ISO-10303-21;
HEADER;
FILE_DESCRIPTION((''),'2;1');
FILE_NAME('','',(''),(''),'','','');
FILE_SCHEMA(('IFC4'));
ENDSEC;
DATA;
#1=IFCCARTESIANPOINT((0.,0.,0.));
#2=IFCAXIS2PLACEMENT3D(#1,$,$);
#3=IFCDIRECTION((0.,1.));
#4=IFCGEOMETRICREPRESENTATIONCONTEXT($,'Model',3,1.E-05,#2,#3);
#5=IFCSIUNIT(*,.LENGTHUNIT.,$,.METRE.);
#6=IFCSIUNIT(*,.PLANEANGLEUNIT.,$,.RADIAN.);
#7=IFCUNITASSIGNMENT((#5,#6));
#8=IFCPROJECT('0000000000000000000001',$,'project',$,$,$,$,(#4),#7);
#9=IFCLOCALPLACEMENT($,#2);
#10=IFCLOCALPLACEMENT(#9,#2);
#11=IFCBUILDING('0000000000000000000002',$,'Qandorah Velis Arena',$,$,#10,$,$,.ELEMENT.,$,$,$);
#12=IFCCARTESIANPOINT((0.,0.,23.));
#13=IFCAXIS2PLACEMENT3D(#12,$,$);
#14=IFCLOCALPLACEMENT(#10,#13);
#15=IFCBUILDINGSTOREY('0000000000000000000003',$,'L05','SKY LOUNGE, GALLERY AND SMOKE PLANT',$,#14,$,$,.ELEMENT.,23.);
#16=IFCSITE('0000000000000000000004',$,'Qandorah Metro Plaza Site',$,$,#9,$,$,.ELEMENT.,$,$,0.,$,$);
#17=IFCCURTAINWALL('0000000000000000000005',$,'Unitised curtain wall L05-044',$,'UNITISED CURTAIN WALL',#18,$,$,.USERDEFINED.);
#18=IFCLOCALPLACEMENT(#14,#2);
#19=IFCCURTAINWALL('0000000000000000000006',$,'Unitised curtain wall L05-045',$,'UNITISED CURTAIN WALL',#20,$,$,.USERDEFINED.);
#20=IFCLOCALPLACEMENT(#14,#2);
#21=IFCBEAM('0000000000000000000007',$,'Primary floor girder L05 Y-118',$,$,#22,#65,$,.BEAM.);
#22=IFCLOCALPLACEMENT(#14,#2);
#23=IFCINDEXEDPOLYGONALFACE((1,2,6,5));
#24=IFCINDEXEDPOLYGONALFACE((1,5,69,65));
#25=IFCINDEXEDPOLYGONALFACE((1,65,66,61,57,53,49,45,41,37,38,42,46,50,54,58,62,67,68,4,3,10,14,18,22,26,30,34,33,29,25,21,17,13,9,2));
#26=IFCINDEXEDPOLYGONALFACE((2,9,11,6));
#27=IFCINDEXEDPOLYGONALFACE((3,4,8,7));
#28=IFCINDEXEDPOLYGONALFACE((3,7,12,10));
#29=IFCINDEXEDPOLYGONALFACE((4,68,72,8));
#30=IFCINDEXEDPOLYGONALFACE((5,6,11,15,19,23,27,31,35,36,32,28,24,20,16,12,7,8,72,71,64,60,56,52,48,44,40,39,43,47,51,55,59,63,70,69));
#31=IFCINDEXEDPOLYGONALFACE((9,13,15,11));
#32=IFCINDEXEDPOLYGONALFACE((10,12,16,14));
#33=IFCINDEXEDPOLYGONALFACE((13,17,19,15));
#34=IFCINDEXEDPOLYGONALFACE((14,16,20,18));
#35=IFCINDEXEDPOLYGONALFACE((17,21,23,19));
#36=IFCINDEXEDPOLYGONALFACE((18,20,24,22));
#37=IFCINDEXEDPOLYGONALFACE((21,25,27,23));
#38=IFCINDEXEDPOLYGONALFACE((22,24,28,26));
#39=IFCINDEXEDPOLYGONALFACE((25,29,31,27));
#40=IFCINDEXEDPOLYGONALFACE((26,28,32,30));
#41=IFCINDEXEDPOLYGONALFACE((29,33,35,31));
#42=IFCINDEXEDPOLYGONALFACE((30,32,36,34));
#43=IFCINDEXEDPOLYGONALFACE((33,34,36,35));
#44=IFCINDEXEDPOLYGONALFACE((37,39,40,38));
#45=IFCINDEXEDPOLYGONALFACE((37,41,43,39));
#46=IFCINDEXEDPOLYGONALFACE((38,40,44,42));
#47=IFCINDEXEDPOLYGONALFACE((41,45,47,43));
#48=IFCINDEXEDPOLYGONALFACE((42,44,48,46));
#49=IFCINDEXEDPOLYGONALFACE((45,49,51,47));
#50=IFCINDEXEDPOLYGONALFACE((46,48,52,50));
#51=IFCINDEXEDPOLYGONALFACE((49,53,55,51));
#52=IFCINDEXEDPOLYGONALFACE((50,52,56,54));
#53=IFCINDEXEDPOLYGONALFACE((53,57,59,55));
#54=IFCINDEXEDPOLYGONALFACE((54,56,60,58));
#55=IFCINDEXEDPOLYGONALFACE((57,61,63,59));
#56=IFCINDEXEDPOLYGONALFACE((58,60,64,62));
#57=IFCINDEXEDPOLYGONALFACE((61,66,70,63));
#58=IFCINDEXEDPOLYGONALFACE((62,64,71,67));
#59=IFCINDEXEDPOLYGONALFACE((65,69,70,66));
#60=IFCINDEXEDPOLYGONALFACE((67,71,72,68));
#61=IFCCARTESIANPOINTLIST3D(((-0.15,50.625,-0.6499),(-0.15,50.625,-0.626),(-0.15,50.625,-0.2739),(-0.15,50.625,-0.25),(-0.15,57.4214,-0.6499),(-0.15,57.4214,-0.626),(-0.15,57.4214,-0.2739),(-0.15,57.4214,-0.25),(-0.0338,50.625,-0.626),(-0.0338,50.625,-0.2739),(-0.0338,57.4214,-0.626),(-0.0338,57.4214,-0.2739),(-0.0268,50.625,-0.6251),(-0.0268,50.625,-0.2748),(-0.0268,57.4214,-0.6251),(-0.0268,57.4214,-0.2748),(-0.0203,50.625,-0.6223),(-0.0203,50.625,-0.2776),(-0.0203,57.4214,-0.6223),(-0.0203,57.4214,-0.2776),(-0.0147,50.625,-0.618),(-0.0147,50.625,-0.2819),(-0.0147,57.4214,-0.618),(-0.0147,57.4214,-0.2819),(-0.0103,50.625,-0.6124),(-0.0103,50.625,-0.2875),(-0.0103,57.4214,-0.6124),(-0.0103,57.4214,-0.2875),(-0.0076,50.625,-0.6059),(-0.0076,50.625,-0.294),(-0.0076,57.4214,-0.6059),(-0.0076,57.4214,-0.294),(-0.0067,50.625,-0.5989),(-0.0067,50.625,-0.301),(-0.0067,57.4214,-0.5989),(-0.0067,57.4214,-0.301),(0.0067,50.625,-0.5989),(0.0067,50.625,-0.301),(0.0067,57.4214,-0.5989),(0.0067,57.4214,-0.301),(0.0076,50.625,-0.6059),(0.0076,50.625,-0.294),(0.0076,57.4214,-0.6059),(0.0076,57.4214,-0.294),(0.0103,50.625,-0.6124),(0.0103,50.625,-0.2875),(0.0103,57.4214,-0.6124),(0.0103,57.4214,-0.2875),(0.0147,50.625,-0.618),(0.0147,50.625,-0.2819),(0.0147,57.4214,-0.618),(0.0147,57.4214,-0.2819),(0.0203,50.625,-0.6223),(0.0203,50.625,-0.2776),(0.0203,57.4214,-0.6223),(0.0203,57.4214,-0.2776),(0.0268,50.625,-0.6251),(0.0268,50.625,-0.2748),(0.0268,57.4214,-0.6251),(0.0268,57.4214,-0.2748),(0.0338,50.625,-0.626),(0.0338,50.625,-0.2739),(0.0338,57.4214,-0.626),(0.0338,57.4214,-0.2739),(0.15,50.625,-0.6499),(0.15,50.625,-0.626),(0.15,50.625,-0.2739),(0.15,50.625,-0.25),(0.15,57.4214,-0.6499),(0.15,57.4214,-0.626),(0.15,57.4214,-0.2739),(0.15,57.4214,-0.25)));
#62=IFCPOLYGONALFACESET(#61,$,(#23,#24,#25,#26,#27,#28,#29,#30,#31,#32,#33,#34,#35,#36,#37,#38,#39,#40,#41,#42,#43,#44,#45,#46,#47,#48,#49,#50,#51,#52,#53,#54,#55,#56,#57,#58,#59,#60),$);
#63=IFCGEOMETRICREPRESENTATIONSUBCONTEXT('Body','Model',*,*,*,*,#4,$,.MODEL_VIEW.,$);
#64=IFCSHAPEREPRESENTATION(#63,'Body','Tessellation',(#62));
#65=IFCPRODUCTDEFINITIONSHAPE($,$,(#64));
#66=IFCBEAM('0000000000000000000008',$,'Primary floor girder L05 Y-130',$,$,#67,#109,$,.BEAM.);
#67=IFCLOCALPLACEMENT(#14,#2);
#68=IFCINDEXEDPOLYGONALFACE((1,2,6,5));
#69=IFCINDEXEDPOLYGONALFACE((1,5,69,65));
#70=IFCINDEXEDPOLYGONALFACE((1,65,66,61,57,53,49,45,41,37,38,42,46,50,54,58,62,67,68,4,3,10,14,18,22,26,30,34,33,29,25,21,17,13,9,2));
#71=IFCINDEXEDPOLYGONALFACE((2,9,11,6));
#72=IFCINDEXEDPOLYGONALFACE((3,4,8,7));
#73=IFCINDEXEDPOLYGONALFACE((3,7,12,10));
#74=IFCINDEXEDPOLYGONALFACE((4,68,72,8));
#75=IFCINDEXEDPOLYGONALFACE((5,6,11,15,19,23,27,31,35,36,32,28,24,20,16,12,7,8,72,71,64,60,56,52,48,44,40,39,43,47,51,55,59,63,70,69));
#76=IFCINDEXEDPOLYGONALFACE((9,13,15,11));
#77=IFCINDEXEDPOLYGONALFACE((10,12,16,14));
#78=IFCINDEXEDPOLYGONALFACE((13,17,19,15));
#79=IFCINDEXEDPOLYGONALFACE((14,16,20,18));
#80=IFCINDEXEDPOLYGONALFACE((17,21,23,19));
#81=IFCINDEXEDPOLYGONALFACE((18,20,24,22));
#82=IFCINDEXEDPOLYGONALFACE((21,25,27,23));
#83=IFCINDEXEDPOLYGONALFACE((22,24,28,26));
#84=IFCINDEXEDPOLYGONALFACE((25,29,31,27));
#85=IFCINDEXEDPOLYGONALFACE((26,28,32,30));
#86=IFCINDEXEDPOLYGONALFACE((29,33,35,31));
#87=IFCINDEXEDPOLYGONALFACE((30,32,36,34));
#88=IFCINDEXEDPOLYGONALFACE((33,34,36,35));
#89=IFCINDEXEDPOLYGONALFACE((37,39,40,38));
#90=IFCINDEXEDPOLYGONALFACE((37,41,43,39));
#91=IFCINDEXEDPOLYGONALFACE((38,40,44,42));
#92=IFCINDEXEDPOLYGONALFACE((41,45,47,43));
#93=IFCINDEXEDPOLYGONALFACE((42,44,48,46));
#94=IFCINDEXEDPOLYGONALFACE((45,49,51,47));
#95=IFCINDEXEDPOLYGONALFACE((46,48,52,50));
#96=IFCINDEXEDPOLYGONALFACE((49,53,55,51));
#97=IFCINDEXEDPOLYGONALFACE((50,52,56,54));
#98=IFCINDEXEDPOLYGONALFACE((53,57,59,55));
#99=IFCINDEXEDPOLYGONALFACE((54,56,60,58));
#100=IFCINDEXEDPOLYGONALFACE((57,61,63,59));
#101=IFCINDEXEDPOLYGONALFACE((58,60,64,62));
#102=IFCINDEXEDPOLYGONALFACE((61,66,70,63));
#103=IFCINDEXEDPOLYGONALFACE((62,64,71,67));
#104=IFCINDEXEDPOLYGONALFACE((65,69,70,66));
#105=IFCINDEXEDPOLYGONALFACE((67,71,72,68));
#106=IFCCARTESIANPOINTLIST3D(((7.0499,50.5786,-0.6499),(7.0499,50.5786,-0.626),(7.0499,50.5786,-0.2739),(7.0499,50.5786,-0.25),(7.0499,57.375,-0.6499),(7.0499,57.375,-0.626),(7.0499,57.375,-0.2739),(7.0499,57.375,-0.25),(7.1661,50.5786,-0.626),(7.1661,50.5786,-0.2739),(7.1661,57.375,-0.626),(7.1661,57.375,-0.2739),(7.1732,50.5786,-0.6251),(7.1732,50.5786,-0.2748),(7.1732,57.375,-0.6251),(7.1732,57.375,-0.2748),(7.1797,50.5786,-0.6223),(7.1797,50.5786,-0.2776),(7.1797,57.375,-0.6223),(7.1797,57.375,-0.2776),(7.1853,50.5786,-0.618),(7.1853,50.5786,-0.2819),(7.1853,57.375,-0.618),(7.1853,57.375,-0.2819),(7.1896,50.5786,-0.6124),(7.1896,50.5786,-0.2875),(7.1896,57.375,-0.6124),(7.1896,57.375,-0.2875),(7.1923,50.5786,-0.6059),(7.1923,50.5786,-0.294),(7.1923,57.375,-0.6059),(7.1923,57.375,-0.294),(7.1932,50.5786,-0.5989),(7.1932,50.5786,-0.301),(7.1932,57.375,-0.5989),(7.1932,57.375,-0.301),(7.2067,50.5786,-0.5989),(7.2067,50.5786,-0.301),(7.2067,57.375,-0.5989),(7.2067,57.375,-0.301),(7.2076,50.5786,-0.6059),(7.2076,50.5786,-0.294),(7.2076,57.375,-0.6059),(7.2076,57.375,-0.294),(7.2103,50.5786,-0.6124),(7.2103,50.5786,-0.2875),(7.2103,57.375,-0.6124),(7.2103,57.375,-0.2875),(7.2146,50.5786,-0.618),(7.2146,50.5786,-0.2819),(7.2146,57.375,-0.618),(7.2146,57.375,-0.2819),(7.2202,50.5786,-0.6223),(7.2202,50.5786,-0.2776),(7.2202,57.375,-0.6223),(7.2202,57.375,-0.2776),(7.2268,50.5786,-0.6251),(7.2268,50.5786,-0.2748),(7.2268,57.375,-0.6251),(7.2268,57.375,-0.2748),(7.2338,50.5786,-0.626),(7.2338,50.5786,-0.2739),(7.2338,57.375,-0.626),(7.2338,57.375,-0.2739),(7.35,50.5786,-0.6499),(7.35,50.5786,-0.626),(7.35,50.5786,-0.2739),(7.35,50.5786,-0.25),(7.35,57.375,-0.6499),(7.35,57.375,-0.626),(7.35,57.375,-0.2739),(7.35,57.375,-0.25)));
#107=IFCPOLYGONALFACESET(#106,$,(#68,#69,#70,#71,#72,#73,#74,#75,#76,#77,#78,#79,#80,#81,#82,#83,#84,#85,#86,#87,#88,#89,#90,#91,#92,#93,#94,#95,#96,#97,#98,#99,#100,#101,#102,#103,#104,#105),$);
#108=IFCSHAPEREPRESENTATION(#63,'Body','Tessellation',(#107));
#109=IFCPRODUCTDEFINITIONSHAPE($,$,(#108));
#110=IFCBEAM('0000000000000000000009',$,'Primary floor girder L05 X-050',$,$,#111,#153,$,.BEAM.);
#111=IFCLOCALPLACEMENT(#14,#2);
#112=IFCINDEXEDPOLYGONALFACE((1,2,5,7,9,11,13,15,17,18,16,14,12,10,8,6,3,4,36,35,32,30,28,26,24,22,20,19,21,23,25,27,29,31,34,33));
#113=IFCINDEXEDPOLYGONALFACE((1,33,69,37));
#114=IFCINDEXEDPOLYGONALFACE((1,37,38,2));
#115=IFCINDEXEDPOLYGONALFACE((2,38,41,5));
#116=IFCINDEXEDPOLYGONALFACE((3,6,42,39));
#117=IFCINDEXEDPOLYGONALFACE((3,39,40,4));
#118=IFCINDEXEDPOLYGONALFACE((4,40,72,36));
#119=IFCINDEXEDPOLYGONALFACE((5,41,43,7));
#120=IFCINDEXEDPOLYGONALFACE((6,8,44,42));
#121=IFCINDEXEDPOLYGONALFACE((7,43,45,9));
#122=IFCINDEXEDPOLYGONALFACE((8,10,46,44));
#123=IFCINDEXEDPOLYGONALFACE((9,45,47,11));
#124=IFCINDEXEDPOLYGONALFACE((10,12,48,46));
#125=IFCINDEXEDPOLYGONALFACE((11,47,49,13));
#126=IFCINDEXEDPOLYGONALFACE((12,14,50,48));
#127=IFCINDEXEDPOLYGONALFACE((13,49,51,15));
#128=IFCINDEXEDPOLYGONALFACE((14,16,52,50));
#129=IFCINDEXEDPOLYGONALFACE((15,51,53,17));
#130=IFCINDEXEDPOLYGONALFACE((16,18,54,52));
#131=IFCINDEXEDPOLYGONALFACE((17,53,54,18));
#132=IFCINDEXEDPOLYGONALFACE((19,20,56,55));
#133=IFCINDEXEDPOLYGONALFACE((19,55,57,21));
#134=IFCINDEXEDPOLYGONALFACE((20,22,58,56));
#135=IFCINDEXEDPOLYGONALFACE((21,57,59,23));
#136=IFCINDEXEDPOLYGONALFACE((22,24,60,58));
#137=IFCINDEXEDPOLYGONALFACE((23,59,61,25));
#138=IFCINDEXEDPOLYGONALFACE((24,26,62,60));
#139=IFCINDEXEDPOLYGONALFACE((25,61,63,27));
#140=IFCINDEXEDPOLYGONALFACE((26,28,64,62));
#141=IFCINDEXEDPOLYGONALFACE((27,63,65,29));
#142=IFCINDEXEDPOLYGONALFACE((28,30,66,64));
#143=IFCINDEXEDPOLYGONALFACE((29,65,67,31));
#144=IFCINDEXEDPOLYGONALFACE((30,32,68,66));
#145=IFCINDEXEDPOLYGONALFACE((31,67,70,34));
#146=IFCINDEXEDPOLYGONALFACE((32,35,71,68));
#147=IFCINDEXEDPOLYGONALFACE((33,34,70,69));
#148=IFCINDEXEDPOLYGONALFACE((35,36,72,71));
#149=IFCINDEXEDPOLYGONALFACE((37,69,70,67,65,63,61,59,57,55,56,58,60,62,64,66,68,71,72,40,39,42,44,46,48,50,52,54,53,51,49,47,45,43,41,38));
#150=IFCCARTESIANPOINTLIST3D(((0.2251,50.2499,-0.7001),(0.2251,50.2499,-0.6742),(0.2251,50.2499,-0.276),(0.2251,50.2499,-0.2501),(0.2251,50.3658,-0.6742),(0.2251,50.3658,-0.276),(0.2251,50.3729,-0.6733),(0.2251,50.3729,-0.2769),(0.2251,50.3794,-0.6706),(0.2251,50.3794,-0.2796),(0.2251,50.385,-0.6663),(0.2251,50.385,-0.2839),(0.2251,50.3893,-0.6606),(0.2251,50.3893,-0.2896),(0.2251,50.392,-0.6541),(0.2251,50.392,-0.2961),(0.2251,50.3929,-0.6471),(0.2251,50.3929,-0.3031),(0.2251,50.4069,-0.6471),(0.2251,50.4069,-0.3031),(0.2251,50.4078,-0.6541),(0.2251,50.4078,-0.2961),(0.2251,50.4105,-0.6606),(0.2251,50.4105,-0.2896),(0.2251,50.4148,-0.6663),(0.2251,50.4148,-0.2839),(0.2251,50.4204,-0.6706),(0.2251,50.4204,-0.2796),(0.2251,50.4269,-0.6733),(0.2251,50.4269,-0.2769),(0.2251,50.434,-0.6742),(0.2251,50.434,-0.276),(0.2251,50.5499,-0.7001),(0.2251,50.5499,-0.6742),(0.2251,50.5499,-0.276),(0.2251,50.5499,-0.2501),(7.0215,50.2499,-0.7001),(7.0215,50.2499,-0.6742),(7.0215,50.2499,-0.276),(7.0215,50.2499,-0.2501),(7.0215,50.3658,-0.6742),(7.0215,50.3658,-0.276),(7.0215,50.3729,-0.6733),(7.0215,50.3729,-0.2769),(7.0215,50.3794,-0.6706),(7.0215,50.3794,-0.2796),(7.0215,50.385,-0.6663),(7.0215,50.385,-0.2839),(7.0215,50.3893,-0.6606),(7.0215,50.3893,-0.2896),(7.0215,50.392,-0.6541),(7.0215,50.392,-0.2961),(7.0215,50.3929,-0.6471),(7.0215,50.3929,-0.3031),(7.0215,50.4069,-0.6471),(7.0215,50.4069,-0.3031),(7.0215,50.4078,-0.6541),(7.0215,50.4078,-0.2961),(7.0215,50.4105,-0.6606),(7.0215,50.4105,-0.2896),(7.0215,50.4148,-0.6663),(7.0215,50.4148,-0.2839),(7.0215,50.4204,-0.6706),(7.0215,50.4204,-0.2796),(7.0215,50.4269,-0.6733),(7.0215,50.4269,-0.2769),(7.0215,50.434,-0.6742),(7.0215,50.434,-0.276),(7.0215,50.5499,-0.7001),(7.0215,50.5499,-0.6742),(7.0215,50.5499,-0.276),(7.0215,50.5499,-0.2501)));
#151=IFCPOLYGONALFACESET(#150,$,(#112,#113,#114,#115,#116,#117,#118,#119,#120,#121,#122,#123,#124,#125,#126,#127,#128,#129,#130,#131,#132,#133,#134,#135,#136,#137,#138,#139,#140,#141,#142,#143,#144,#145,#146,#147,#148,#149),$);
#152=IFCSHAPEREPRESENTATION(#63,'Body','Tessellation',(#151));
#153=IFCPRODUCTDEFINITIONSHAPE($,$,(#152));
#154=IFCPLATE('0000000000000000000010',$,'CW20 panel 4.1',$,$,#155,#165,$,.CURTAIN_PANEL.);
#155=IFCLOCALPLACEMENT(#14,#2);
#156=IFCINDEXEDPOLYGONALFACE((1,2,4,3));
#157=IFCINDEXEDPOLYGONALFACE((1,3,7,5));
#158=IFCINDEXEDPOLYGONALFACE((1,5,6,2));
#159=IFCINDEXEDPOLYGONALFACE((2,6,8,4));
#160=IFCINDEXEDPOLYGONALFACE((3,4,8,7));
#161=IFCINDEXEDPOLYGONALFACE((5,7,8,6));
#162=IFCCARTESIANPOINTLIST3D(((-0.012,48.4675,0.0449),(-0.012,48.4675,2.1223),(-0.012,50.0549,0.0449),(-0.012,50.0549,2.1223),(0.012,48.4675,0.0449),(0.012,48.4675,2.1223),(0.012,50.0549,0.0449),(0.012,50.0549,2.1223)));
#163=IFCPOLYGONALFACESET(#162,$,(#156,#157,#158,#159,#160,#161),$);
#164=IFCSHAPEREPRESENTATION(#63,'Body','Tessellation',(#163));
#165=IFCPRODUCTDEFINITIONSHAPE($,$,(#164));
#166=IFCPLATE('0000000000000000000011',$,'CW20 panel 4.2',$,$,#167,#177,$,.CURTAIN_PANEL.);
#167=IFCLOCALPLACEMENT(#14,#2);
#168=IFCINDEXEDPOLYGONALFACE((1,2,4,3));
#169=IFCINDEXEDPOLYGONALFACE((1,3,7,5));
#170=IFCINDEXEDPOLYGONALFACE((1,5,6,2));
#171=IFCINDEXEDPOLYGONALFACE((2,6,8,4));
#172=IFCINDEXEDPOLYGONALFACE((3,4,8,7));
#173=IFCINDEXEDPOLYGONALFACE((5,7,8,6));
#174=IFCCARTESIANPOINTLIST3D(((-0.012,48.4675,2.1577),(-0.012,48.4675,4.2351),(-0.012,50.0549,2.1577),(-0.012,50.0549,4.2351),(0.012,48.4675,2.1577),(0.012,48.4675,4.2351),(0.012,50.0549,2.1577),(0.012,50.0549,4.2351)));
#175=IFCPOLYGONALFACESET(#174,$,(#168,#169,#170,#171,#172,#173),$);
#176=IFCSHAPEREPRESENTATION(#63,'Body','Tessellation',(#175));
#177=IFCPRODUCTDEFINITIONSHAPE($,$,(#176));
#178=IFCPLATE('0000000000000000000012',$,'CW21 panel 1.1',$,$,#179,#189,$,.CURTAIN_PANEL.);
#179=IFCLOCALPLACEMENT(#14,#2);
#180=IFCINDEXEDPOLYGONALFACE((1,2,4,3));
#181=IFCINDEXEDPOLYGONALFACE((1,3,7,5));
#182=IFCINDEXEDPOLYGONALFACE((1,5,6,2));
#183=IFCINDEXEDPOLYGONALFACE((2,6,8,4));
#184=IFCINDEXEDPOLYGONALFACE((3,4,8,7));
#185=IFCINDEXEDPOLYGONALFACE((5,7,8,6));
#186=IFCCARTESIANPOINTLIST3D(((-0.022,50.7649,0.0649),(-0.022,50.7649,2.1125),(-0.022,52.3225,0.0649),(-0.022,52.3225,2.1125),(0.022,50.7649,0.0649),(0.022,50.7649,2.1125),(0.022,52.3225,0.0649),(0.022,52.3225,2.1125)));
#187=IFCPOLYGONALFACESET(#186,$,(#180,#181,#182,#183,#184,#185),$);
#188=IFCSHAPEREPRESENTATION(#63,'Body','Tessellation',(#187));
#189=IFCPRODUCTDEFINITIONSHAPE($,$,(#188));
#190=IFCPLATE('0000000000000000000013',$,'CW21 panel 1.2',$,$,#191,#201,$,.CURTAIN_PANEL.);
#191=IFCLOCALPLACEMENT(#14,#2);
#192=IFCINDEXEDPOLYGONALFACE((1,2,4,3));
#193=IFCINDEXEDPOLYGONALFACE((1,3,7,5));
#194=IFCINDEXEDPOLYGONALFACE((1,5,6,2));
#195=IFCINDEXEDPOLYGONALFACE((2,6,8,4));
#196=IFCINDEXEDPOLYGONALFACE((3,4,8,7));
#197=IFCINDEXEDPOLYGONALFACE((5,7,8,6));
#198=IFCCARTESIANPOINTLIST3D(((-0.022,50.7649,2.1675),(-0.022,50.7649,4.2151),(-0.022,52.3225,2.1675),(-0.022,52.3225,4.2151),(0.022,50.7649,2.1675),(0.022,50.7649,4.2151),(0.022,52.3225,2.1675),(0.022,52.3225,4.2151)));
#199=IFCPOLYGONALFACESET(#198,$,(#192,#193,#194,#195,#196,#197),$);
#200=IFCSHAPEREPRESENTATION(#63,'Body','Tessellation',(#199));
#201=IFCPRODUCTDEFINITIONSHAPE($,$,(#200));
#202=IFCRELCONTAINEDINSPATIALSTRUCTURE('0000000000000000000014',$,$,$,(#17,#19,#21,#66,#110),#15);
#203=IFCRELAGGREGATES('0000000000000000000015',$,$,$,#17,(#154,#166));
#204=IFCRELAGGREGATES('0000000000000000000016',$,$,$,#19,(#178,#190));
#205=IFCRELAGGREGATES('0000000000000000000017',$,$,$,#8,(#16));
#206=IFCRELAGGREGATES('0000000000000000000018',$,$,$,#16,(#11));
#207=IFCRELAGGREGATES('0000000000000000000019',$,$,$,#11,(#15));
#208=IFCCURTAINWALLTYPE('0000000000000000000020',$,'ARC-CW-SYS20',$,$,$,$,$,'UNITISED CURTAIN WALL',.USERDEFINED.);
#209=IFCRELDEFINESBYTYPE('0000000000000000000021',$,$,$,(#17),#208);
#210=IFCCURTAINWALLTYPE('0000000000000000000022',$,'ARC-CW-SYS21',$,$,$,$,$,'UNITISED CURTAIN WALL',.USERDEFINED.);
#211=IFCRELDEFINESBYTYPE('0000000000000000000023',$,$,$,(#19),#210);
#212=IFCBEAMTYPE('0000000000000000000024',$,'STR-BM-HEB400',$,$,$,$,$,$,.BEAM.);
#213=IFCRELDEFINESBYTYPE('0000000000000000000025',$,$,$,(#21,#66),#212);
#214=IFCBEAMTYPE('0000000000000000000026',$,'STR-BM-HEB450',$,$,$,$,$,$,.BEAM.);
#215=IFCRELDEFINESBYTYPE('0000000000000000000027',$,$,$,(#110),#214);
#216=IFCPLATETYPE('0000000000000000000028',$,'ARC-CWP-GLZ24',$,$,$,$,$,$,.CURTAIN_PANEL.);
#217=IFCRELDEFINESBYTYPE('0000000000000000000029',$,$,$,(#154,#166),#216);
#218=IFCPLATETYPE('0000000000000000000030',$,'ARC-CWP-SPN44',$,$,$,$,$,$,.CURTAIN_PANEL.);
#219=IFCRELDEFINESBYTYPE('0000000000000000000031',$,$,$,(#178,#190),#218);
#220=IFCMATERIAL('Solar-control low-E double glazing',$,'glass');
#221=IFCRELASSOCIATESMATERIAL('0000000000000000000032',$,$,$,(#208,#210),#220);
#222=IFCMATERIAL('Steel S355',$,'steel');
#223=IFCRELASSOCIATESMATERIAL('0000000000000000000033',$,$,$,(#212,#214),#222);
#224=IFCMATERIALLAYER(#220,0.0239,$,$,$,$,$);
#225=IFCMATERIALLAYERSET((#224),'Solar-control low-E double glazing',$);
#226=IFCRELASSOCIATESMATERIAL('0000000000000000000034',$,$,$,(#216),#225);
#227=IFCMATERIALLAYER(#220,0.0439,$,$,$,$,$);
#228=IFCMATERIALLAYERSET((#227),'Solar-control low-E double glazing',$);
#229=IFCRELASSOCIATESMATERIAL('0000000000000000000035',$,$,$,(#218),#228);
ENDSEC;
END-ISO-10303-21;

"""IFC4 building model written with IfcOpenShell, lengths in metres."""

from ifc_helpers import new_model, si_unit, direction, frame, origin, origin_2d, place, context, subcontext, project, spatial, rectangle, i_section, extrude, material, layer, layer_set, material_profile, profile_set, type_object, element, aggregate, save


model = new_model("IFC4")

# Units and contexts
model_context = context("Model", 3, precision=1e-05, world=origin(), true_north=direction((0.0, 1.0)))
body_context = subcontext(model_context, "Body", "Model", "MODEL_VIEW")
ifc_project = project(units=[si_unit("LENGTHUNIT", "METRE"), si_unit("PLANEANGLEUNIT", "RADIAN")], contexts=[model_context])

# Site, building, storey
site_placement = place(None, origin())
site = spatial("IfcSite", under=ifc_project, at=site_placement, Name="Qandorah Metro Plaza Site", CompositionType="ELEMENT", RefElevation=0.0)
building_placement = place(site_placement, origin())
building = spatial("IfcBuilding", under=site, at=building_placement, Name="Qandorah Velis Arena", CompositionType="ELEMENT")
storey_placement = place(building_placement, frame((0.0, 0.0, 23.0)))
storey = spatial("IfcBuildingStorey", under=building, at=storey_placement, Name="L05", Description="SKY LOUNGE, GALLERY AND SMOKE PLANT", CompositionType="ELEMENT", Elevation=23.0)

# Curtain wall
ifc_material_1 = material(Name="Solar-control low-E double glazing", Category="glass")
curtain_wall_type_1 = type_object("IfcCurtainWallType", Name="ARC-CW-SYS20", ElementType="UNITISED CURTAIN WALL", PredefinedType="USERDEFINED", material=ifc_material_1)
curtain_wall_1_placement = place(storey_placement, origin())
curtain_wall_1 = element("IfcCurtainWall", 1, at=curtain_wall_1_placement, inside=storey, type_object=curtain_wall_type_1, Name="Unitised curtain wall L05-044", ObjectType="UNITISED CURTAIN WALL", PredefinedType="USERDEFINED")

# Curtain wall
curtain_wall_type_2 = type_object("IfcCurtainWallType", Name="ARC-CW-SYS21", ElementType="UNITISED CURTAIN WALL", PredefinedType="USERDEFINED", material=ifc_material_1)
curtain_wall_2_placement = place(storey_placement, origin())
curtain_wall_2 = element("IfcCurtainWall", 2, at=curtain_wall_2_placement, inside=storey, type_object=curtain_wall_type_2, Name="Unitised curtain wall L05-045", ObjectType="UNITISED CURTAIN WALL", PredefinedType="USERDEFINED")

# Beams
ifc_material_2 = material(Name="Steel S355", Category="steel")
ifc_material_profile_1 = material_profile(ifc_material_2, i_section(OverallWidth=0.3, OverallDepth=0.3999, WebThickness=0.0134, FlangeThickness=0.0239, FilletRadius=0.0271, at=origin_2d()), Name="HEB 400")
ifc_profile_set_1 = profile_set([ifc_material_profile_1], Name="Steel S355")
beam_type_1 = type_object("IfcBeamType", Name="STR-BM-HEB400", PredefinedType="BEAM", material=ifc_profile_set_1)
for number, where, z_axis, x_axis, name in (
    (3, (0.0, 50.625, -0.45), (0.0, 1.0, 0.0), (-1.0, 0.0, 0.0), "Primary floor girder L05 Y-118"),
    (4, (7.2, 50.5786, -0.45), (0.0, 1.0, 0.0), (-1.0, 0.0, 0.0), "Primary floor girder L05 Y-130"),
):
    element("IfcBeam", number, at=place(storey_placement, frame(where, z_axis=z_axis, x_axis=x_axis)), inside=storey, type_object=beam_type_1, Name=name, PredefinedType="BEAM", context=body_context, shape_type="SweptSolid", body=[
        extrude(i_section(OverallWidth=0.3, OverallDepth=0.3999, WebThickness=0.0134, FlangeThickness=0.0239, FilletRadius=0.0271, at=origin_2d()), origin(), (0.0, 0.0, 1.0), 6.7964),
    ])
ifc_material_profile_2 = material_profile(ifc_material_2, i_section(OverallWidth=0.3, OverallDepth=0.45, WebThickness=0.0139, FlangeThickness=0.0259, FilletRadius=0.0271, at=origin_2d()), Name="HEB 450")
ifc_profile_set_2 = profile_set([ifc_material_profile_2], Name="Steel S355")
beam_type_2 = type_object("IfcBeamType", Name="STR-BM-HEB450", PredefinedType="BEAM", material=ifc_profile_set_2)
beam_placement = place(storey_placement, frame((0.2251, 50.3999, -0.4751), z_axis=(1.0, 0.0, 0.0), x_axis=(0.0, 1.0, 0.0)))
element("IfcBeam", 5, at=beam_placement, inside=storey, type_object=beam_type_2, Name="Primary floor girder L05 X-050", PredefinedType="BEAM", context=body_context, shape_type="SweptSolid", body=[
    extrude(i_section(OverallWidth=0.3, OverallDepth=0.45, WebThickness=0.0139, FlangeThickness=0.0259, FilletRadius=0.0271, at=origin_2d()), origin(), (0.0, 0.0, 1.0), 6.7964),
])

# Plates
ifc_layer_1 = layer(ifc_material_1, 0.0239)
ifc_layer_set_1 = layer_set([ifc_layer_1], Name="Solar-control low-E double glazing")
plate_type_1 = type_object("IfcPlateType", Name="ARC-CWP-GLZ24", PredefinedType="CURTAIN_PANEL", material=ifc_layer_set_1)
plate_1_placement = place(storey_placement, frame((0.0, 49.2612, 0.0449), z_axis=(0.0, 0.0, 1.0), x_axis=(0.0, 1.0, 0.0)))
plate_1 = element("IfcPlate", 6, at=plate_1_placement, type_object=plate_type_1, Name="CW20 panel 4.1", PredefinedType="CURTAIN_PANEL", context=body_context, shape_type="SweptSolid", body=[
    extrude(rectangle(XDim=1.5874, YDim=0.0239, at=origin_2d()), origin(), (0.0, 0.0, 1.0), 2.0774),
])
plate_2_placement = place(storey_placement, frame((0.0, 49.2612, 2.1577), z_axis=(0.0, 0.0, 1.0), x_axis=(0.0, 1.0, 0.0)))
plate_2 = element("IfcPlate", 7, at=plate_2_placement, type_object=plate_type_1, Name="CW20 panel 4.2", PredefinedType="CURTAIN_PANEL", context=body_context, shape_type="SweptSolid", body=[
    extrude(rectangle(XDim=1.5874, YDim=0.0239, at=origin_2d()), origin(), (0.0, 0.0, 1.0), 2.0774),
])
aggregate(curtain_wall_1, [plate_1, plate_2])
ifc_layer_2 = layer(ifc_material_1, 0.0439)
ifc_layer_set_2 = layer_set([ifc_layer_2], Name="Solar-control low-E double glazing")
plate_type_2 = type_object("IfcPlateType", Name="ARC-CWP-SPN44", PredefinedType="CURTAIN_PANEL", material=ifc_layer_set_2)
plate_3_placement = place(storey_placement, frame((0.0, 51.5437, 0.0649), z_axis=(0.0, 0.0, 1.0), x_axis=(0.0, 1.0, 0.0)))
plate_3 = element("IfcPlate", 8, at=plate_3_placement, type_object=plate_type_2, Name="CW21 panel 1.1", PredefinedType="CURTAIN_PANEL", context=body_context, shape_type="SweptSolid", body=[
    extrude(rectangle(XDim=1.5576, YDim=0.0439, at=origin_2d()), origin(), (0.0, 0.0, 1.0), 2.0476),
])
plate_4_placement = place(storey_placement, frame((0.0, 51.5437, 2.1675), z_axis=(0.0, 0.0, 1.0), x_axis=(0.0, 1.0, 0.0)))
plate_4 = element("IfcPlate", 9, at=plate_4_placement, type_object=plate_type_2, Name="CW21 panel 1.2", PredefinedType="CURTAIN_PANEL", context=body_context, shape_type="SweptSolid", body=[
    extrude(rectangle(XDim=1.5576, YDim=0.0439, at=origin_2d()), origin(), (0.0, 0.0, 1.0), 2.0476),
])
aggregate(curtain_wall_2, [plate_3, plate_4])

save(model, "model.ifc")
